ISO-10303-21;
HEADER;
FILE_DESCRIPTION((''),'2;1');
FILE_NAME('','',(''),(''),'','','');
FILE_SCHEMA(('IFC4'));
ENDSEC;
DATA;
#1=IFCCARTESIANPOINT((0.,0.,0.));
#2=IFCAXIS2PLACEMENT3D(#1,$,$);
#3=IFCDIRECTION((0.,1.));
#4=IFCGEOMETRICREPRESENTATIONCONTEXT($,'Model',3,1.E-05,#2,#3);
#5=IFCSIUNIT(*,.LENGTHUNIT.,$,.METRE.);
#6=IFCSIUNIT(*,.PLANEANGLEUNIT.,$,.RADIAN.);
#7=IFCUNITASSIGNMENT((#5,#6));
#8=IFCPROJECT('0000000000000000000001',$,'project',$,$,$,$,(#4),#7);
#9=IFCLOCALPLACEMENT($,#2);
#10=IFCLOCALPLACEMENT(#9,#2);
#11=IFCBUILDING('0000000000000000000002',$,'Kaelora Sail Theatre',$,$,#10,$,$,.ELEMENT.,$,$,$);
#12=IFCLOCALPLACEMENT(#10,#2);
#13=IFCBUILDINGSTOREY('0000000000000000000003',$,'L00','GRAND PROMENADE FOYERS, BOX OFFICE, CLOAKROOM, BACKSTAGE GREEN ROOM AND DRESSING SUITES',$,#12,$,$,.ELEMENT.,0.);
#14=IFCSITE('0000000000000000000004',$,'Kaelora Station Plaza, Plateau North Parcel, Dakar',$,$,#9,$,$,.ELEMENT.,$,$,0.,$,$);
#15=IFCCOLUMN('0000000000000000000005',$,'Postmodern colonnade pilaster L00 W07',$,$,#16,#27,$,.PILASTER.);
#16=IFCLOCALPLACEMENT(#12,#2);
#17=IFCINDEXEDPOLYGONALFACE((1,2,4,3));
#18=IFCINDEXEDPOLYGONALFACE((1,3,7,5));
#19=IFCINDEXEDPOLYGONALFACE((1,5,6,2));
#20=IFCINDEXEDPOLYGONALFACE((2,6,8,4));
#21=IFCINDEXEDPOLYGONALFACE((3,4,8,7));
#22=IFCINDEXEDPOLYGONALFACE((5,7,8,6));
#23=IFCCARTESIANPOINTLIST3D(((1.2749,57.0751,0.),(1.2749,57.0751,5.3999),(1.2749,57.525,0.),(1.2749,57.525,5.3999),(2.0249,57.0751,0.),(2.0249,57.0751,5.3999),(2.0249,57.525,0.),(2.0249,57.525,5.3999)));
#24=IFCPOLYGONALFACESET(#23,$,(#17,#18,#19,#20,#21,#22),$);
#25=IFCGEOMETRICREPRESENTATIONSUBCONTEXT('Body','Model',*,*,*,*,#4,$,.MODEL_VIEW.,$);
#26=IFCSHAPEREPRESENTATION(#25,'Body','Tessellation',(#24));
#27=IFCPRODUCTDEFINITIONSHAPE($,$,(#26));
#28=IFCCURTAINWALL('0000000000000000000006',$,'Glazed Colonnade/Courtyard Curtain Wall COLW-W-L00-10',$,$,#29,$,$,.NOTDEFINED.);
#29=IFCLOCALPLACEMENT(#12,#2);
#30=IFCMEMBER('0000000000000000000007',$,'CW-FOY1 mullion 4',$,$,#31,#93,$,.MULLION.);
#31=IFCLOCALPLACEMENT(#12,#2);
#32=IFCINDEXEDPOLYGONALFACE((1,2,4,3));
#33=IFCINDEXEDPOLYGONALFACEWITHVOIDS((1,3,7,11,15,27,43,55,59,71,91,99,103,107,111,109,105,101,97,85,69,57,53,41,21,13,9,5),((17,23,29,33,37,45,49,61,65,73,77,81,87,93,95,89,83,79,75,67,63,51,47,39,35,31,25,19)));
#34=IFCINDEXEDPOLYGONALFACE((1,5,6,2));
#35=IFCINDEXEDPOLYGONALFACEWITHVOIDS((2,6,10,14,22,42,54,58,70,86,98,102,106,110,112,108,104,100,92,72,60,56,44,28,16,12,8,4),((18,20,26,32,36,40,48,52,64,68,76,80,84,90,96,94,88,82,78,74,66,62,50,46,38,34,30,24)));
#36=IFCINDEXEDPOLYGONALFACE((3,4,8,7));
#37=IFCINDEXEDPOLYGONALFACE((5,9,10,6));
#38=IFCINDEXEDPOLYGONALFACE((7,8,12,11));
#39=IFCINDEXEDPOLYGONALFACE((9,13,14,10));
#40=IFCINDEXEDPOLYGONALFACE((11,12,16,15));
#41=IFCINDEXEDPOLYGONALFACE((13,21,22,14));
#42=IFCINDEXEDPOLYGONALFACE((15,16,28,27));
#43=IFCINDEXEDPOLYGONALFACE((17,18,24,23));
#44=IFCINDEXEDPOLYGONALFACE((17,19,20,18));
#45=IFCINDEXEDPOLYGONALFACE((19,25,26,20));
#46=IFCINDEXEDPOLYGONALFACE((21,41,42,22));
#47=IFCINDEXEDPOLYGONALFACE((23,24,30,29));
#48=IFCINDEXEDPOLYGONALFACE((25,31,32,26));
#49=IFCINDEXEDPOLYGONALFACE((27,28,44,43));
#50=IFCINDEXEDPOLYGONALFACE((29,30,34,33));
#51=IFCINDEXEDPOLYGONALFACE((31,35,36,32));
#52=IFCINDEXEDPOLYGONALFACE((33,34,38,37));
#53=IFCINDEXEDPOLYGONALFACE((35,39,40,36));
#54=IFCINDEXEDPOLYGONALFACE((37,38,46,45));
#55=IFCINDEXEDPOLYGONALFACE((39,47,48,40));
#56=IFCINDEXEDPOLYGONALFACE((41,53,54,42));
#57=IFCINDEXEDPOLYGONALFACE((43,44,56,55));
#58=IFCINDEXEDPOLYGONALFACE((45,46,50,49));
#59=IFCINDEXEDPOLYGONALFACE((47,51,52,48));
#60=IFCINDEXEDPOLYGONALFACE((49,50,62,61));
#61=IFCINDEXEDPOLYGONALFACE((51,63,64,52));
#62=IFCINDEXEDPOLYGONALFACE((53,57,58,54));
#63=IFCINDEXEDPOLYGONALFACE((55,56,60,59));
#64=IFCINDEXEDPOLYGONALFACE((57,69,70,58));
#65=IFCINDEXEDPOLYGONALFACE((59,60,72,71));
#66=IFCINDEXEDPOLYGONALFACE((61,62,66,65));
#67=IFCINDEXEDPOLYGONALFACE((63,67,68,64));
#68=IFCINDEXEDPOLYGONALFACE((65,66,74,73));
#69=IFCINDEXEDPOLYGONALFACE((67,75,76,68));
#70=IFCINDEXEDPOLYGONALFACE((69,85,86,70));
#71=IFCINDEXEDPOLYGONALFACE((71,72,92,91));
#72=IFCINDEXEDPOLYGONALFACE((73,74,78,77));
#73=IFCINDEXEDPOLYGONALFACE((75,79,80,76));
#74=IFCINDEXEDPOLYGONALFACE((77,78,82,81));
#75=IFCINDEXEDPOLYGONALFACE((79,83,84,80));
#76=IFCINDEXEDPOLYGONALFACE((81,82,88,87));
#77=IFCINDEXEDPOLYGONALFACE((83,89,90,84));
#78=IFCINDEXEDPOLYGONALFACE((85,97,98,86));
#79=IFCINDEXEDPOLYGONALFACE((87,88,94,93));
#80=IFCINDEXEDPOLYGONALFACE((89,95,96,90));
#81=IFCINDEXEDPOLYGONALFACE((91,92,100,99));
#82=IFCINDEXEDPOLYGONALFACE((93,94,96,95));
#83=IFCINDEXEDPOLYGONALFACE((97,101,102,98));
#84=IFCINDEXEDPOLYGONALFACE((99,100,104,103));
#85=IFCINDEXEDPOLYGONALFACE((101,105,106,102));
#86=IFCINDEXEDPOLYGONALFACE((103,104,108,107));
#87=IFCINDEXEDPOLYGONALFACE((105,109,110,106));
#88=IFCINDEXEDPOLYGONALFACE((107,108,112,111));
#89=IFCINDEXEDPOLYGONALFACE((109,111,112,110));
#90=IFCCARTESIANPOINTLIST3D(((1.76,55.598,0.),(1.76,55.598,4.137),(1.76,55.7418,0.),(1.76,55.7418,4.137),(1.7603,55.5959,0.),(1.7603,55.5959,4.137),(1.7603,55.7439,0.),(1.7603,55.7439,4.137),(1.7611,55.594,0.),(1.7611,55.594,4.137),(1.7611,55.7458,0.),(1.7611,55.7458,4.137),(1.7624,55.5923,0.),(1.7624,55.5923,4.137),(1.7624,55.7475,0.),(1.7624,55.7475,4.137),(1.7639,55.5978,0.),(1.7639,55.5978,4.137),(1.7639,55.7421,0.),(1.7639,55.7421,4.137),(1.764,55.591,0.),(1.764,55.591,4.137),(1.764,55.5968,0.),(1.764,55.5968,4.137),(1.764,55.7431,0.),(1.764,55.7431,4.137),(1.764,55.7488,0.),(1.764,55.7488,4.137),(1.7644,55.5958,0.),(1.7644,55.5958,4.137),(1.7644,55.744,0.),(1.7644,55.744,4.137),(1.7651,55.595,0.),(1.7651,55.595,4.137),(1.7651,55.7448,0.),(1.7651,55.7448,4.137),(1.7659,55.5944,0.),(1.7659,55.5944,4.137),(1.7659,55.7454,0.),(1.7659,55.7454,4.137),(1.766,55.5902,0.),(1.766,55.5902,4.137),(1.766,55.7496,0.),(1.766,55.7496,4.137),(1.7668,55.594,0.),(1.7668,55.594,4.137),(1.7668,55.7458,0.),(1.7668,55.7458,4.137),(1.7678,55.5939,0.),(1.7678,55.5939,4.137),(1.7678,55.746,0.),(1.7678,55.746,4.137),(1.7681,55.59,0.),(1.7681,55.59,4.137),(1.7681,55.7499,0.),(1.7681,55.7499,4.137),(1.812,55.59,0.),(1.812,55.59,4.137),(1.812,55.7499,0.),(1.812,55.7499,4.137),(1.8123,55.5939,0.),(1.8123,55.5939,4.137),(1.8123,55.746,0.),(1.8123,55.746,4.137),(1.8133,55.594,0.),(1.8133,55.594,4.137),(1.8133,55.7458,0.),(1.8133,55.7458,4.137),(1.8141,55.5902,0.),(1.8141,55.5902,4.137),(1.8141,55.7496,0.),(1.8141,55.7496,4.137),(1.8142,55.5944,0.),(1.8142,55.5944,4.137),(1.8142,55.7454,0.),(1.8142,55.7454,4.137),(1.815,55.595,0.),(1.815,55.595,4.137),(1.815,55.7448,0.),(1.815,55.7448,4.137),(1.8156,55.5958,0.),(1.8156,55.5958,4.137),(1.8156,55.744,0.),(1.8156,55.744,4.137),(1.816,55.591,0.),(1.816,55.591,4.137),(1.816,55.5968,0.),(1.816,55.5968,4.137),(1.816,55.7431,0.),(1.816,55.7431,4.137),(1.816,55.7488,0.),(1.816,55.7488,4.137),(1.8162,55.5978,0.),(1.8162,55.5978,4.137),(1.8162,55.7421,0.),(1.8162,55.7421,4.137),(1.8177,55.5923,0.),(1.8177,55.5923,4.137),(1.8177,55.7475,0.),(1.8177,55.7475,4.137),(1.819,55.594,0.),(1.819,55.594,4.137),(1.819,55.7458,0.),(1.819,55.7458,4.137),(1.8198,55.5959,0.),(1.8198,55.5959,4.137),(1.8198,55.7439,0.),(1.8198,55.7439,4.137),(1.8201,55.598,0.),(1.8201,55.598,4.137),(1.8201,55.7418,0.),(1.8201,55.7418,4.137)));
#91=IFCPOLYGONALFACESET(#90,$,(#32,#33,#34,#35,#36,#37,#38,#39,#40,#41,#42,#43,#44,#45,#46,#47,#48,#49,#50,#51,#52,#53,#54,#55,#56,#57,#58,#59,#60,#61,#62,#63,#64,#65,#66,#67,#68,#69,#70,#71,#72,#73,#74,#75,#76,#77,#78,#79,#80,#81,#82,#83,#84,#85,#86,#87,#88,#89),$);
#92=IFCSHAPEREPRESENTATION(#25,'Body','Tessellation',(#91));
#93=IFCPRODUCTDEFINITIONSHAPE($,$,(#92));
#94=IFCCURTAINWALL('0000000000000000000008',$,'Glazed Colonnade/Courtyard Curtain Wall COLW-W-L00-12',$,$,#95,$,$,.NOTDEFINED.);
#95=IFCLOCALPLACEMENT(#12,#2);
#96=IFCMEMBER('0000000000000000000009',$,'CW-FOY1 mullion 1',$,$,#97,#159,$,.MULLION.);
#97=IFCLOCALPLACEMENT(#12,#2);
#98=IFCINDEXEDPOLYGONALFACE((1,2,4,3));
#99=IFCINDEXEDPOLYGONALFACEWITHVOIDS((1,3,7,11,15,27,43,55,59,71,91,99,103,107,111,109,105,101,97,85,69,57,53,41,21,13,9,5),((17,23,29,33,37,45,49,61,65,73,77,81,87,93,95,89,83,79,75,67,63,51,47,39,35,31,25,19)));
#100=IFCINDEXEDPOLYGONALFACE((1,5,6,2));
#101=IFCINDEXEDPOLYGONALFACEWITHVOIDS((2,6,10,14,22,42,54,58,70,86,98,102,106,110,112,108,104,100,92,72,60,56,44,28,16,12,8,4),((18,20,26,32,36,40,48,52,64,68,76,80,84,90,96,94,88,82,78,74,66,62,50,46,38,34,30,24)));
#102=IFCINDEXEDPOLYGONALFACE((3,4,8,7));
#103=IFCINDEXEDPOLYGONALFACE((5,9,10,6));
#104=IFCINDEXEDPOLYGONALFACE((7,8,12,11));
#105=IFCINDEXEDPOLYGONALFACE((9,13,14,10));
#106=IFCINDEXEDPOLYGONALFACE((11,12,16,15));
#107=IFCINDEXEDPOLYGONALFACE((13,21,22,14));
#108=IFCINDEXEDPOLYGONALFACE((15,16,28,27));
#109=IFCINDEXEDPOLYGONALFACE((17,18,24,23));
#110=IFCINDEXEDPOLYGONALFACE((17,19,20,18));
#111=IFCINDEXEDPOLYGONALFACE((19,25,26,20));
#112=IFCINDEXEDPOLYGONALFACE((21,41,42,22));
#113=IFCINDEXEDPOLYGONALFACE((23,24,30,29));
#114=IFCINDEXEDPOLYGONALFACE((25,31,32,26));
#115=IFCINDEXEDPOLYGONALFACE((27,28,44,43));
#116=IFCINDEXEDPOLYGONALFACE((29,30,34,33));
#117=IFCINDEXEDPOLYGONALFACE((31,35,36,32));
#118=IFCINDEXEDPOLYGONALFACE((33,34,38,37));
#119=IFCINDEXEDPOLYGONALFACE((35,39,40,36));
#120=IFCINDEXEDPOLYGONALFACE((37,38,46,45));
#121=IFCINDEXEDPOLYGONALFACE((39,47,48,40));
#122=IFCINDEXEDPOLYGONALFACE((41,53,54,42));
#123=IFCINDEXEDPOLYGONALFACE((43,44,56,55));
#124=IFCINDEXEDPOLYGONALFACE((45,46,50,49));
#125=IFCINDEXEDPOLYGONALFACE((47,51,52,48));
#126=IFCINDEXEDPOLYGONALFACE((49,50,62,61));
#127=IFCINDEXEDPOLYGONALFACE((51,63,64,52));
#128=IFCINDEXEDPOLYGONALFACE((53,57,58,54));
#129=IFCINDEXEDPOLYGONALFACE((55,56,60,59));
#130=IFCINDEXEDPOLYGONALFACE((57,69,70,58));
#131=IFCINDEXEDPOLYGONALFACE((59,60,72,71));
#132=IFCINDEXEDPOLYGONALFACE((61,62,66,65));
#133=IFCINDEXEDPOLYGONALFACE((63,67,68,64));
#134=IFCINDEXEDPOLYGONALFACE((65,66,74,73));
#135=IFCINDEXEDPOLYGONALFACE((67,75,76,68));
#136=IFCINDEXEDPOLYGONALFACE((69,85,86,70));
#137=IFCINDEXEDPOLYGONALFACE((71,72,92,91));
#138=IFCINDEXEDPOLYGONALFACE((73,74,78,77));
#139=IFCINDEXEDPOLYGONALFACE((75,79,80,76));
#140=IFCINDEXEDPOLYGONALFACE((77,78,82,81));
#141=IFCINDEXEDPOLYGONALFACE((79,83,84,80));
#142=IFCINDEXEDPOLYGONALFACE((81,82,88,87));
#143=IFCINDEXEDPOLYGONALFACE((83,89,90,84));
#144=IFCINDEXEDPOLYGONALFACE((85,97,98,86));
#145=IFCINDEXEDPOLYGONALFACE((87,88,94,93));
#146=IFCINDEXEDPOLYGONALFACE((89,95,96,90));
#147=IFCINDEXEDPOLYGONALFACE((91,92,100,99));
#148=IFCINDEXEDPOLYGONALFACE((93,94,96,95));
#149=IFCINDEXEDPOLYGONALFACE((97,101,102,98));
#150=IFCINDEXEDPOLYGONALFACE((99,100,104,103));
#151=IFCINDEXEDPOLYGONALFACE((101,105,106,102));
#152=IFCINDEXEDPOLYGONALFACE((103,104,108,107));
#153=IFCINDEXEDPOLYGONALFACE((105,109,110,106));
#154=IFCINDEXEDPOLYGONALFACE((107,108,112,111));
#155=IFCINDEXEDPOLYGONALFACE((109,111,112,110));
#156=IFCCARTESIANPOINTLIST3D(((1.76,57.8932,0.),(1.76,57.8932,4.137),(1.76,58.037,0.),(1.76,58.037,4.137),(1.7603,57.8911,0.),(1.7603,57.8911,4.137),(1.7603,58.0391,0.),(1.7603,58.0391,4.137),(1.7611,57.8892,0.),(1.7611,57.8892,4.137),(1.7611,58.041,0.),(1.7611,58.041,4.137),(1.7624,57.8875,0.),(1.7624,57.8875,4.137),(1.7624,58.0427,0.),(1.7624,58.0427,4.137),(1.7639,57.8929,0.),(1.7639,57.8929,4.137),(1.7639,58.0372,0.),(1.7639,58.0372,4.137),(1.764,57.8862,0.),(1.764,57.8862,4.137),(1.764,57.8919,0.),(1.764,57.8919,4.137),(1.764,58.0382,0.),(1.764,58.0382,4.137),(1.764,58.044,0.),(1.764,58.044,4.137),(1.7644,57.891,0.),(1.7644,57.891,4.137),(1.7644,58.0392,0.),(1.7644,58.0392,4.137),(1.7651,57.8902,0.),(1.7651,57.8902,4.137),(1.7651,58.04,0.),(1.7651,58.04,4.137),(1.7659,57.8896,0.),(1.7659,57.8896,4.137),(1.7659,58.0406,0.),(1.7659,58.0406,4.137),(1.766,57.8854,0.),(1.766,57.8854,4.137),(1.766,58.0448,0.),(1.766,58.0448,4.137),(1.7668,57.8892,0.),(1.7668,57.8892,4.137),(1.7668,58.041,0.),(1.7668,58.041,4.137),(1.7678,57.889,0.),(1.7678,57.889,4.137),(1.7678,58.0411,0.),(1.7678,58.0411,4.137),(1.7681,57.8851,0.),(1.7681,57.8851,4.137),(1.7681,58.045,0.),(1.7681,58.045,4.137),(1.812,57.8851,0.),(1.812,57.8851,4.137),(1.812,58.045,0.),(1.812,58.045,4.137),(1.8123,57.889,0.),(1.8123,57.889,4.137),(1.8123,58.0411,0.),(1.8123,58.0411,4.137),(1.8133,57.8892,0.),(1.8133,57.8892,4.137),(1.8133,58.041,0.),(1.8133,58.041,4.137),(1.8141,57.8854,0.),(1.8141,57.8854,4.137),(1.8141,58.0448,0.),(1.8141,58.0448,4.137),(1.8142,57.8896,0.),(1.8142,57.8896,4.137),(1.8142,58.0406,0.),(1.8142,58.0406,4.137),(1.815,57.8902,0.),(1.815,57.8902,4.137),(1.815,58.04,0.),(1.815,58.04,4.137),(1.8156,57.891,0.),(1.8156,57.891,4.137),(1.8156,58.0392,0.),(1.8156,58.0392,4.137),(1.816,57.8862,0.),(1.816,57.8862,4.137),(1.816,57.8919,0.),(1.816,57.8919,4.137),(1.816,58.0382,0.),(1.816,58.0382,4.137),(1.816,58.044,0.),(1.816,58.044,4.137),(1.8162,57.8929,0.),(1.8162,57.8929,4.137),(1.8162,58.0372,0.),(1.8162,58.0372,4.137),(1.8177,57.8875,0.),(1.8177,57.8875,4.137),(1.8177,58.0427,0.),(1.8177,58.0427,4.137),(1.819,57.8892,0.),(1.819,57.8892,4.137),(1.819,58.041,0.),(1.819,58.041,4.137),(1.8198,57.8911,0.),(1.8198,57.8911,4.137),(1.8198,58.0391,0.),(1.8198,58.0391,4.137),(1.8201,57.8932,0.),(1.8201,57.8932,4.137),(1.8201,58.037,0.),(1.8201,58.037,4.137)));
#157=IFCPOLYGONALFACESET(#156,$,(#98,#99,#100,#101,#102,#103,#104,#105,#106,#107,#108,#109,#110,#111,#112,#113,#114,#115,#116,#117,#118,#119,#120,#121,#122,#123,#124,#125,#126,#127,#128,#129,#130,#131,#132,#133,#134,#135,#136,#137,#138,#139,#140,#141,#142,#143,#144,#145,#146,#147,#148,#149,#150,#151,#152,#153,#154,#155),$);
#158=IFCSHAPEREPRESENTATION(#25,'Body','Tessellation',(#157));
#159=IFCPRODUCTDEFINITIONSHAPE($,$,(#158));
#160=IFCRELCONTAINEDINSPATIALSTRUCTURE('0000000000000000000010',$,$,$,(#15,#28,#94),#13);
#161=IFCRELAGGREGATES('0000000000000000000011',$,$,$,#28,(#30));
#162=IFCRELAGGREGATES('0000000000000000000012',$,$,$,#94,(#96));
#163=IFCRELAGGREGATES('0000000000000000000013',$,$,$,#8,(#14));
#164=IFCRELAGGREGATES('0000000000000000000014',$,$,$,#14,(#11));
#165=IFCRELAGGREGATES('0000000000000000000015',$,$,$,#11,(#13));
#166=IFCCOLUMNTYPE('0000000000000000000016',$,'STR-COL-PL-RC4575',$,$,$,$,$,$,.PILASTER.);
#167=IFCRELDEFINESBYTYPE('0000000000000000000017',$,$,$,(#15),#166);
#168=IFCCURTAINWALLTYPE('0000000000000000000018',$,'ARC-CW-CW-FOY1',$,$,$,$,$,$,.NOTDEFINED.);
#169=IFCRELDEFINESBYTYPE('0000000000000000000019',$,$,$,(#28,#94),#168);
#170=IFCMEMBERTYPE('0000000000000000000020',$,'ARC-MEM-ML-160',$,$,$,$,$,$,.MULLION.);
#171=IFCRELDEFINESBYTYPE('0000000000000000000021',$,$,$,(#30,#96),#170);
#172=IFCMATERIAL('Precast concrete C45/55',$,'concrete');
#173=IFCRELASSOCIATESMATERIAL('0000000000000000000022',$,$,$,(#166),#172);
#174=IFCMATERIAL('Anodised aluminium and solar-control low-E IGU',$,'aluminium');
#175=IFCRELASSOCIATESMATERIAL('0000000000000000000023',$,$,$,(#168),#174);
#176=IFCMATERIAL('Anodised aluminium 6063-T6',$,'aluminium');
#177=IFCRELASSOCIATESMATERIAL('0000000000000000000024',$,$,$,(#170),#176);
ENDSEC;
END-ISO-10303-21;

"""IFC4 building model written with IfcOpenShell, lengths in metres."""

from ifc_helpers import new_model, si_unit, direction, frame, origin, origin_2d, place, context, subcontext, project, spatial, rectangle, hollow_rectangle, extrude, material, material_profile, profile_set, type_object, element, aggregate, save


model = new_model("IFC4")

# Units and contexts
model_context = context("Model", 3, precision=1e-05, world=origin(), true_north=direction((0.0, 1.0)))
body_context = subcontext(model_context, "Body", "Model", "MODEL_VIEW")
ifc_project = project(units=[si_unit("LENGTHUNIT", "METRE"), si_unit("PLANEANGLEUNIT", "RADIAN")], contexts=[model_context])

# Site, building, storey
site_placement = place(None, origin())
site = spatial("IfcSite", under=ifc_project, at=site_placement, Name="Kaelora Station Plaza, Plateau North Parcel, Dakar", CompositionType="ELEMENT", RefElevation=0.0)
building_placement = place(site_placement, origin())
building = spatial("IfcBuilding", under=site, at=building_placement, Name="Kaelora Sail Theatre", CompositionType="ELEMENT")
storey_placement = place(building_placement, origin())
storey = spatial("IfcBuildingStorey", under=building, at=storey_placement, Name="L00", Description="GRAND PROMENADE FOYERS, BOX OFFICE, CLOAKROOM, BACKSTAGE GREEN ROOM AND DRESSING SUITES", CompositionType="ELEMENT", Elevation=0.0)

# Column
ifc_material_1 = material(Name="Precast concrete C45/55", Category="concrete")
ifc_material_profile_1 = material_profile(ifc_material_1, rectangle(XDim=0.45, YDim=0.75, at=origin_2d()), Name="RC-PIL 450x750")
ifc_profile_set_1 = profile_set([ifc_material_profile_1], Name="Precast concrete C45/55")
column_type = type_object("IfcColumnType", Name="STR-COL-PL-RC4575", PredefinedType="PILASTER", material=ifc_profile_set_1)
column_placement = place(storey_placement, frame((1.6499, 57.3, 0.0), z_axis=(0.0, 0.0, 1.0), x_axis=(0.0, 1.0, 0.0)))
element("IfcColumn", 1, at=column_placement, inside=storey, type_object=column_type, Name="Postmodern colonnade pilaster L00 W07", PredefinedType="PILASTER", context=body_context, shape_type="SweptSolid", body=[
    extrude(rectangle(XDim=0.45, YDim=0.75, at=origin_2d()), origin(), (0.0, 0.0, 1.0), 5.3999),
])

# Curtain wall, member
ifc_material_2 = material(Name="Anodised aluminium and solar-control low-E IGU", Category="aluminium")
curtain_wall_type = type_object("IfcCurtainWallType", Name="ARC-CW-CW-FOY1", PredefinedType="NOTDEFINED", material=ifc_material_2)
curtain_wall_1_placement = place(storey_placement, origin())
curtain_wall_1 = element("IfcCurtainWall", 2, at=curtain_wall_1_placement, inside=storey, type_object=curtain_wall_type, Name="Glazed Colonnade/Courtyard Curtain Wall COLW-W-L00-10", PredefinedType="NOTDEFINED")
ifc_material_3 = material(Name="Anodised aluminium 6063-T6", Category="aluminium")
ifc_material_profile_2 = material_profile(ifc_material_3, hollow_rectangle(XDim=0.0601, YDim=0.1599, WallThickness=0.0039, InnerFilletRadius=0.0039, OuterFilletRadius=0.0081, at=origin_2d()), Name="ALU-MULL 60x160x4")
ifc_profile_set_2 = profile_set([ifc_material_profile_2], Name="Anodised aluminium 6063-T6")
member_type_1 = type_object("IfcMemberType", Name="ARC-MEM-ML-160", PredefinedType="MULLION", material=ifc_profile_set_2)
member_1_placement = place(storey_placement, frame((1.79, 55.6699, 0.0), z_axis=(0.0, 0.0, 1.0), x_axis=(-1.0, 0.0, 0.0)))
member_1 = element("IfcMember", 3, at=member_1_placement, type_object=member_type_1, Name="CW-FOY1 mullion 4", PredefinedType="MULLION", context=body_context, shape_type="SweptSolid", body=[
    extrude(hollow_rectangle(XDim=0.0601, YDim=0.1599, WallThickness=0.0039, InnerFilletRadius=0.0039, OuterFilletRadius=0.0081, at=origin_2d()), origin(), (0.0, 0.0, 1.0), 4.137),
])

# Curtain wall, member
curtain_wall_2_placement = place(storey_placement, origin())
curtain_wall_2 = element("IfcCurtainWall", 4, at=curtain_wall_2_placement, inside=storey, type_object=curtain_wall_type, Name="Glazed Colonnade/Courtyard Curtain Wall COLW-W-L00-12", PredefinedType="NOTDEFINED")
member_2_placement = place(storey_placement, frame((1.79, 57.9651, 0.0), z_axis=(0.0, 0.0, 1.0), x_axis=(-1.0, 0.0, 0.0)))
member_2 = element("IfcMember", 5, at=member_2_placement, type_object=member_type_1, Name="CW-FOY1 mullion 1", PredefinedType="MULLION", context=body_context, shape_type="SweptSolid", body=[
    extrude(hollow_rectangle(XDim=0.0601, YDim=0.1599, WallThickness=0.0039, InnerFilletRadius=0.0039, OuterFilletRadius=0.0081, at=origin_2d()), origin(), (0.0, 0.0, 1.0), 4.137),
])

aggregate(curtain_wall_1, [member_1])
aggregate(curtain_wall_2, [member_2])

save(model, "model.ifc")
